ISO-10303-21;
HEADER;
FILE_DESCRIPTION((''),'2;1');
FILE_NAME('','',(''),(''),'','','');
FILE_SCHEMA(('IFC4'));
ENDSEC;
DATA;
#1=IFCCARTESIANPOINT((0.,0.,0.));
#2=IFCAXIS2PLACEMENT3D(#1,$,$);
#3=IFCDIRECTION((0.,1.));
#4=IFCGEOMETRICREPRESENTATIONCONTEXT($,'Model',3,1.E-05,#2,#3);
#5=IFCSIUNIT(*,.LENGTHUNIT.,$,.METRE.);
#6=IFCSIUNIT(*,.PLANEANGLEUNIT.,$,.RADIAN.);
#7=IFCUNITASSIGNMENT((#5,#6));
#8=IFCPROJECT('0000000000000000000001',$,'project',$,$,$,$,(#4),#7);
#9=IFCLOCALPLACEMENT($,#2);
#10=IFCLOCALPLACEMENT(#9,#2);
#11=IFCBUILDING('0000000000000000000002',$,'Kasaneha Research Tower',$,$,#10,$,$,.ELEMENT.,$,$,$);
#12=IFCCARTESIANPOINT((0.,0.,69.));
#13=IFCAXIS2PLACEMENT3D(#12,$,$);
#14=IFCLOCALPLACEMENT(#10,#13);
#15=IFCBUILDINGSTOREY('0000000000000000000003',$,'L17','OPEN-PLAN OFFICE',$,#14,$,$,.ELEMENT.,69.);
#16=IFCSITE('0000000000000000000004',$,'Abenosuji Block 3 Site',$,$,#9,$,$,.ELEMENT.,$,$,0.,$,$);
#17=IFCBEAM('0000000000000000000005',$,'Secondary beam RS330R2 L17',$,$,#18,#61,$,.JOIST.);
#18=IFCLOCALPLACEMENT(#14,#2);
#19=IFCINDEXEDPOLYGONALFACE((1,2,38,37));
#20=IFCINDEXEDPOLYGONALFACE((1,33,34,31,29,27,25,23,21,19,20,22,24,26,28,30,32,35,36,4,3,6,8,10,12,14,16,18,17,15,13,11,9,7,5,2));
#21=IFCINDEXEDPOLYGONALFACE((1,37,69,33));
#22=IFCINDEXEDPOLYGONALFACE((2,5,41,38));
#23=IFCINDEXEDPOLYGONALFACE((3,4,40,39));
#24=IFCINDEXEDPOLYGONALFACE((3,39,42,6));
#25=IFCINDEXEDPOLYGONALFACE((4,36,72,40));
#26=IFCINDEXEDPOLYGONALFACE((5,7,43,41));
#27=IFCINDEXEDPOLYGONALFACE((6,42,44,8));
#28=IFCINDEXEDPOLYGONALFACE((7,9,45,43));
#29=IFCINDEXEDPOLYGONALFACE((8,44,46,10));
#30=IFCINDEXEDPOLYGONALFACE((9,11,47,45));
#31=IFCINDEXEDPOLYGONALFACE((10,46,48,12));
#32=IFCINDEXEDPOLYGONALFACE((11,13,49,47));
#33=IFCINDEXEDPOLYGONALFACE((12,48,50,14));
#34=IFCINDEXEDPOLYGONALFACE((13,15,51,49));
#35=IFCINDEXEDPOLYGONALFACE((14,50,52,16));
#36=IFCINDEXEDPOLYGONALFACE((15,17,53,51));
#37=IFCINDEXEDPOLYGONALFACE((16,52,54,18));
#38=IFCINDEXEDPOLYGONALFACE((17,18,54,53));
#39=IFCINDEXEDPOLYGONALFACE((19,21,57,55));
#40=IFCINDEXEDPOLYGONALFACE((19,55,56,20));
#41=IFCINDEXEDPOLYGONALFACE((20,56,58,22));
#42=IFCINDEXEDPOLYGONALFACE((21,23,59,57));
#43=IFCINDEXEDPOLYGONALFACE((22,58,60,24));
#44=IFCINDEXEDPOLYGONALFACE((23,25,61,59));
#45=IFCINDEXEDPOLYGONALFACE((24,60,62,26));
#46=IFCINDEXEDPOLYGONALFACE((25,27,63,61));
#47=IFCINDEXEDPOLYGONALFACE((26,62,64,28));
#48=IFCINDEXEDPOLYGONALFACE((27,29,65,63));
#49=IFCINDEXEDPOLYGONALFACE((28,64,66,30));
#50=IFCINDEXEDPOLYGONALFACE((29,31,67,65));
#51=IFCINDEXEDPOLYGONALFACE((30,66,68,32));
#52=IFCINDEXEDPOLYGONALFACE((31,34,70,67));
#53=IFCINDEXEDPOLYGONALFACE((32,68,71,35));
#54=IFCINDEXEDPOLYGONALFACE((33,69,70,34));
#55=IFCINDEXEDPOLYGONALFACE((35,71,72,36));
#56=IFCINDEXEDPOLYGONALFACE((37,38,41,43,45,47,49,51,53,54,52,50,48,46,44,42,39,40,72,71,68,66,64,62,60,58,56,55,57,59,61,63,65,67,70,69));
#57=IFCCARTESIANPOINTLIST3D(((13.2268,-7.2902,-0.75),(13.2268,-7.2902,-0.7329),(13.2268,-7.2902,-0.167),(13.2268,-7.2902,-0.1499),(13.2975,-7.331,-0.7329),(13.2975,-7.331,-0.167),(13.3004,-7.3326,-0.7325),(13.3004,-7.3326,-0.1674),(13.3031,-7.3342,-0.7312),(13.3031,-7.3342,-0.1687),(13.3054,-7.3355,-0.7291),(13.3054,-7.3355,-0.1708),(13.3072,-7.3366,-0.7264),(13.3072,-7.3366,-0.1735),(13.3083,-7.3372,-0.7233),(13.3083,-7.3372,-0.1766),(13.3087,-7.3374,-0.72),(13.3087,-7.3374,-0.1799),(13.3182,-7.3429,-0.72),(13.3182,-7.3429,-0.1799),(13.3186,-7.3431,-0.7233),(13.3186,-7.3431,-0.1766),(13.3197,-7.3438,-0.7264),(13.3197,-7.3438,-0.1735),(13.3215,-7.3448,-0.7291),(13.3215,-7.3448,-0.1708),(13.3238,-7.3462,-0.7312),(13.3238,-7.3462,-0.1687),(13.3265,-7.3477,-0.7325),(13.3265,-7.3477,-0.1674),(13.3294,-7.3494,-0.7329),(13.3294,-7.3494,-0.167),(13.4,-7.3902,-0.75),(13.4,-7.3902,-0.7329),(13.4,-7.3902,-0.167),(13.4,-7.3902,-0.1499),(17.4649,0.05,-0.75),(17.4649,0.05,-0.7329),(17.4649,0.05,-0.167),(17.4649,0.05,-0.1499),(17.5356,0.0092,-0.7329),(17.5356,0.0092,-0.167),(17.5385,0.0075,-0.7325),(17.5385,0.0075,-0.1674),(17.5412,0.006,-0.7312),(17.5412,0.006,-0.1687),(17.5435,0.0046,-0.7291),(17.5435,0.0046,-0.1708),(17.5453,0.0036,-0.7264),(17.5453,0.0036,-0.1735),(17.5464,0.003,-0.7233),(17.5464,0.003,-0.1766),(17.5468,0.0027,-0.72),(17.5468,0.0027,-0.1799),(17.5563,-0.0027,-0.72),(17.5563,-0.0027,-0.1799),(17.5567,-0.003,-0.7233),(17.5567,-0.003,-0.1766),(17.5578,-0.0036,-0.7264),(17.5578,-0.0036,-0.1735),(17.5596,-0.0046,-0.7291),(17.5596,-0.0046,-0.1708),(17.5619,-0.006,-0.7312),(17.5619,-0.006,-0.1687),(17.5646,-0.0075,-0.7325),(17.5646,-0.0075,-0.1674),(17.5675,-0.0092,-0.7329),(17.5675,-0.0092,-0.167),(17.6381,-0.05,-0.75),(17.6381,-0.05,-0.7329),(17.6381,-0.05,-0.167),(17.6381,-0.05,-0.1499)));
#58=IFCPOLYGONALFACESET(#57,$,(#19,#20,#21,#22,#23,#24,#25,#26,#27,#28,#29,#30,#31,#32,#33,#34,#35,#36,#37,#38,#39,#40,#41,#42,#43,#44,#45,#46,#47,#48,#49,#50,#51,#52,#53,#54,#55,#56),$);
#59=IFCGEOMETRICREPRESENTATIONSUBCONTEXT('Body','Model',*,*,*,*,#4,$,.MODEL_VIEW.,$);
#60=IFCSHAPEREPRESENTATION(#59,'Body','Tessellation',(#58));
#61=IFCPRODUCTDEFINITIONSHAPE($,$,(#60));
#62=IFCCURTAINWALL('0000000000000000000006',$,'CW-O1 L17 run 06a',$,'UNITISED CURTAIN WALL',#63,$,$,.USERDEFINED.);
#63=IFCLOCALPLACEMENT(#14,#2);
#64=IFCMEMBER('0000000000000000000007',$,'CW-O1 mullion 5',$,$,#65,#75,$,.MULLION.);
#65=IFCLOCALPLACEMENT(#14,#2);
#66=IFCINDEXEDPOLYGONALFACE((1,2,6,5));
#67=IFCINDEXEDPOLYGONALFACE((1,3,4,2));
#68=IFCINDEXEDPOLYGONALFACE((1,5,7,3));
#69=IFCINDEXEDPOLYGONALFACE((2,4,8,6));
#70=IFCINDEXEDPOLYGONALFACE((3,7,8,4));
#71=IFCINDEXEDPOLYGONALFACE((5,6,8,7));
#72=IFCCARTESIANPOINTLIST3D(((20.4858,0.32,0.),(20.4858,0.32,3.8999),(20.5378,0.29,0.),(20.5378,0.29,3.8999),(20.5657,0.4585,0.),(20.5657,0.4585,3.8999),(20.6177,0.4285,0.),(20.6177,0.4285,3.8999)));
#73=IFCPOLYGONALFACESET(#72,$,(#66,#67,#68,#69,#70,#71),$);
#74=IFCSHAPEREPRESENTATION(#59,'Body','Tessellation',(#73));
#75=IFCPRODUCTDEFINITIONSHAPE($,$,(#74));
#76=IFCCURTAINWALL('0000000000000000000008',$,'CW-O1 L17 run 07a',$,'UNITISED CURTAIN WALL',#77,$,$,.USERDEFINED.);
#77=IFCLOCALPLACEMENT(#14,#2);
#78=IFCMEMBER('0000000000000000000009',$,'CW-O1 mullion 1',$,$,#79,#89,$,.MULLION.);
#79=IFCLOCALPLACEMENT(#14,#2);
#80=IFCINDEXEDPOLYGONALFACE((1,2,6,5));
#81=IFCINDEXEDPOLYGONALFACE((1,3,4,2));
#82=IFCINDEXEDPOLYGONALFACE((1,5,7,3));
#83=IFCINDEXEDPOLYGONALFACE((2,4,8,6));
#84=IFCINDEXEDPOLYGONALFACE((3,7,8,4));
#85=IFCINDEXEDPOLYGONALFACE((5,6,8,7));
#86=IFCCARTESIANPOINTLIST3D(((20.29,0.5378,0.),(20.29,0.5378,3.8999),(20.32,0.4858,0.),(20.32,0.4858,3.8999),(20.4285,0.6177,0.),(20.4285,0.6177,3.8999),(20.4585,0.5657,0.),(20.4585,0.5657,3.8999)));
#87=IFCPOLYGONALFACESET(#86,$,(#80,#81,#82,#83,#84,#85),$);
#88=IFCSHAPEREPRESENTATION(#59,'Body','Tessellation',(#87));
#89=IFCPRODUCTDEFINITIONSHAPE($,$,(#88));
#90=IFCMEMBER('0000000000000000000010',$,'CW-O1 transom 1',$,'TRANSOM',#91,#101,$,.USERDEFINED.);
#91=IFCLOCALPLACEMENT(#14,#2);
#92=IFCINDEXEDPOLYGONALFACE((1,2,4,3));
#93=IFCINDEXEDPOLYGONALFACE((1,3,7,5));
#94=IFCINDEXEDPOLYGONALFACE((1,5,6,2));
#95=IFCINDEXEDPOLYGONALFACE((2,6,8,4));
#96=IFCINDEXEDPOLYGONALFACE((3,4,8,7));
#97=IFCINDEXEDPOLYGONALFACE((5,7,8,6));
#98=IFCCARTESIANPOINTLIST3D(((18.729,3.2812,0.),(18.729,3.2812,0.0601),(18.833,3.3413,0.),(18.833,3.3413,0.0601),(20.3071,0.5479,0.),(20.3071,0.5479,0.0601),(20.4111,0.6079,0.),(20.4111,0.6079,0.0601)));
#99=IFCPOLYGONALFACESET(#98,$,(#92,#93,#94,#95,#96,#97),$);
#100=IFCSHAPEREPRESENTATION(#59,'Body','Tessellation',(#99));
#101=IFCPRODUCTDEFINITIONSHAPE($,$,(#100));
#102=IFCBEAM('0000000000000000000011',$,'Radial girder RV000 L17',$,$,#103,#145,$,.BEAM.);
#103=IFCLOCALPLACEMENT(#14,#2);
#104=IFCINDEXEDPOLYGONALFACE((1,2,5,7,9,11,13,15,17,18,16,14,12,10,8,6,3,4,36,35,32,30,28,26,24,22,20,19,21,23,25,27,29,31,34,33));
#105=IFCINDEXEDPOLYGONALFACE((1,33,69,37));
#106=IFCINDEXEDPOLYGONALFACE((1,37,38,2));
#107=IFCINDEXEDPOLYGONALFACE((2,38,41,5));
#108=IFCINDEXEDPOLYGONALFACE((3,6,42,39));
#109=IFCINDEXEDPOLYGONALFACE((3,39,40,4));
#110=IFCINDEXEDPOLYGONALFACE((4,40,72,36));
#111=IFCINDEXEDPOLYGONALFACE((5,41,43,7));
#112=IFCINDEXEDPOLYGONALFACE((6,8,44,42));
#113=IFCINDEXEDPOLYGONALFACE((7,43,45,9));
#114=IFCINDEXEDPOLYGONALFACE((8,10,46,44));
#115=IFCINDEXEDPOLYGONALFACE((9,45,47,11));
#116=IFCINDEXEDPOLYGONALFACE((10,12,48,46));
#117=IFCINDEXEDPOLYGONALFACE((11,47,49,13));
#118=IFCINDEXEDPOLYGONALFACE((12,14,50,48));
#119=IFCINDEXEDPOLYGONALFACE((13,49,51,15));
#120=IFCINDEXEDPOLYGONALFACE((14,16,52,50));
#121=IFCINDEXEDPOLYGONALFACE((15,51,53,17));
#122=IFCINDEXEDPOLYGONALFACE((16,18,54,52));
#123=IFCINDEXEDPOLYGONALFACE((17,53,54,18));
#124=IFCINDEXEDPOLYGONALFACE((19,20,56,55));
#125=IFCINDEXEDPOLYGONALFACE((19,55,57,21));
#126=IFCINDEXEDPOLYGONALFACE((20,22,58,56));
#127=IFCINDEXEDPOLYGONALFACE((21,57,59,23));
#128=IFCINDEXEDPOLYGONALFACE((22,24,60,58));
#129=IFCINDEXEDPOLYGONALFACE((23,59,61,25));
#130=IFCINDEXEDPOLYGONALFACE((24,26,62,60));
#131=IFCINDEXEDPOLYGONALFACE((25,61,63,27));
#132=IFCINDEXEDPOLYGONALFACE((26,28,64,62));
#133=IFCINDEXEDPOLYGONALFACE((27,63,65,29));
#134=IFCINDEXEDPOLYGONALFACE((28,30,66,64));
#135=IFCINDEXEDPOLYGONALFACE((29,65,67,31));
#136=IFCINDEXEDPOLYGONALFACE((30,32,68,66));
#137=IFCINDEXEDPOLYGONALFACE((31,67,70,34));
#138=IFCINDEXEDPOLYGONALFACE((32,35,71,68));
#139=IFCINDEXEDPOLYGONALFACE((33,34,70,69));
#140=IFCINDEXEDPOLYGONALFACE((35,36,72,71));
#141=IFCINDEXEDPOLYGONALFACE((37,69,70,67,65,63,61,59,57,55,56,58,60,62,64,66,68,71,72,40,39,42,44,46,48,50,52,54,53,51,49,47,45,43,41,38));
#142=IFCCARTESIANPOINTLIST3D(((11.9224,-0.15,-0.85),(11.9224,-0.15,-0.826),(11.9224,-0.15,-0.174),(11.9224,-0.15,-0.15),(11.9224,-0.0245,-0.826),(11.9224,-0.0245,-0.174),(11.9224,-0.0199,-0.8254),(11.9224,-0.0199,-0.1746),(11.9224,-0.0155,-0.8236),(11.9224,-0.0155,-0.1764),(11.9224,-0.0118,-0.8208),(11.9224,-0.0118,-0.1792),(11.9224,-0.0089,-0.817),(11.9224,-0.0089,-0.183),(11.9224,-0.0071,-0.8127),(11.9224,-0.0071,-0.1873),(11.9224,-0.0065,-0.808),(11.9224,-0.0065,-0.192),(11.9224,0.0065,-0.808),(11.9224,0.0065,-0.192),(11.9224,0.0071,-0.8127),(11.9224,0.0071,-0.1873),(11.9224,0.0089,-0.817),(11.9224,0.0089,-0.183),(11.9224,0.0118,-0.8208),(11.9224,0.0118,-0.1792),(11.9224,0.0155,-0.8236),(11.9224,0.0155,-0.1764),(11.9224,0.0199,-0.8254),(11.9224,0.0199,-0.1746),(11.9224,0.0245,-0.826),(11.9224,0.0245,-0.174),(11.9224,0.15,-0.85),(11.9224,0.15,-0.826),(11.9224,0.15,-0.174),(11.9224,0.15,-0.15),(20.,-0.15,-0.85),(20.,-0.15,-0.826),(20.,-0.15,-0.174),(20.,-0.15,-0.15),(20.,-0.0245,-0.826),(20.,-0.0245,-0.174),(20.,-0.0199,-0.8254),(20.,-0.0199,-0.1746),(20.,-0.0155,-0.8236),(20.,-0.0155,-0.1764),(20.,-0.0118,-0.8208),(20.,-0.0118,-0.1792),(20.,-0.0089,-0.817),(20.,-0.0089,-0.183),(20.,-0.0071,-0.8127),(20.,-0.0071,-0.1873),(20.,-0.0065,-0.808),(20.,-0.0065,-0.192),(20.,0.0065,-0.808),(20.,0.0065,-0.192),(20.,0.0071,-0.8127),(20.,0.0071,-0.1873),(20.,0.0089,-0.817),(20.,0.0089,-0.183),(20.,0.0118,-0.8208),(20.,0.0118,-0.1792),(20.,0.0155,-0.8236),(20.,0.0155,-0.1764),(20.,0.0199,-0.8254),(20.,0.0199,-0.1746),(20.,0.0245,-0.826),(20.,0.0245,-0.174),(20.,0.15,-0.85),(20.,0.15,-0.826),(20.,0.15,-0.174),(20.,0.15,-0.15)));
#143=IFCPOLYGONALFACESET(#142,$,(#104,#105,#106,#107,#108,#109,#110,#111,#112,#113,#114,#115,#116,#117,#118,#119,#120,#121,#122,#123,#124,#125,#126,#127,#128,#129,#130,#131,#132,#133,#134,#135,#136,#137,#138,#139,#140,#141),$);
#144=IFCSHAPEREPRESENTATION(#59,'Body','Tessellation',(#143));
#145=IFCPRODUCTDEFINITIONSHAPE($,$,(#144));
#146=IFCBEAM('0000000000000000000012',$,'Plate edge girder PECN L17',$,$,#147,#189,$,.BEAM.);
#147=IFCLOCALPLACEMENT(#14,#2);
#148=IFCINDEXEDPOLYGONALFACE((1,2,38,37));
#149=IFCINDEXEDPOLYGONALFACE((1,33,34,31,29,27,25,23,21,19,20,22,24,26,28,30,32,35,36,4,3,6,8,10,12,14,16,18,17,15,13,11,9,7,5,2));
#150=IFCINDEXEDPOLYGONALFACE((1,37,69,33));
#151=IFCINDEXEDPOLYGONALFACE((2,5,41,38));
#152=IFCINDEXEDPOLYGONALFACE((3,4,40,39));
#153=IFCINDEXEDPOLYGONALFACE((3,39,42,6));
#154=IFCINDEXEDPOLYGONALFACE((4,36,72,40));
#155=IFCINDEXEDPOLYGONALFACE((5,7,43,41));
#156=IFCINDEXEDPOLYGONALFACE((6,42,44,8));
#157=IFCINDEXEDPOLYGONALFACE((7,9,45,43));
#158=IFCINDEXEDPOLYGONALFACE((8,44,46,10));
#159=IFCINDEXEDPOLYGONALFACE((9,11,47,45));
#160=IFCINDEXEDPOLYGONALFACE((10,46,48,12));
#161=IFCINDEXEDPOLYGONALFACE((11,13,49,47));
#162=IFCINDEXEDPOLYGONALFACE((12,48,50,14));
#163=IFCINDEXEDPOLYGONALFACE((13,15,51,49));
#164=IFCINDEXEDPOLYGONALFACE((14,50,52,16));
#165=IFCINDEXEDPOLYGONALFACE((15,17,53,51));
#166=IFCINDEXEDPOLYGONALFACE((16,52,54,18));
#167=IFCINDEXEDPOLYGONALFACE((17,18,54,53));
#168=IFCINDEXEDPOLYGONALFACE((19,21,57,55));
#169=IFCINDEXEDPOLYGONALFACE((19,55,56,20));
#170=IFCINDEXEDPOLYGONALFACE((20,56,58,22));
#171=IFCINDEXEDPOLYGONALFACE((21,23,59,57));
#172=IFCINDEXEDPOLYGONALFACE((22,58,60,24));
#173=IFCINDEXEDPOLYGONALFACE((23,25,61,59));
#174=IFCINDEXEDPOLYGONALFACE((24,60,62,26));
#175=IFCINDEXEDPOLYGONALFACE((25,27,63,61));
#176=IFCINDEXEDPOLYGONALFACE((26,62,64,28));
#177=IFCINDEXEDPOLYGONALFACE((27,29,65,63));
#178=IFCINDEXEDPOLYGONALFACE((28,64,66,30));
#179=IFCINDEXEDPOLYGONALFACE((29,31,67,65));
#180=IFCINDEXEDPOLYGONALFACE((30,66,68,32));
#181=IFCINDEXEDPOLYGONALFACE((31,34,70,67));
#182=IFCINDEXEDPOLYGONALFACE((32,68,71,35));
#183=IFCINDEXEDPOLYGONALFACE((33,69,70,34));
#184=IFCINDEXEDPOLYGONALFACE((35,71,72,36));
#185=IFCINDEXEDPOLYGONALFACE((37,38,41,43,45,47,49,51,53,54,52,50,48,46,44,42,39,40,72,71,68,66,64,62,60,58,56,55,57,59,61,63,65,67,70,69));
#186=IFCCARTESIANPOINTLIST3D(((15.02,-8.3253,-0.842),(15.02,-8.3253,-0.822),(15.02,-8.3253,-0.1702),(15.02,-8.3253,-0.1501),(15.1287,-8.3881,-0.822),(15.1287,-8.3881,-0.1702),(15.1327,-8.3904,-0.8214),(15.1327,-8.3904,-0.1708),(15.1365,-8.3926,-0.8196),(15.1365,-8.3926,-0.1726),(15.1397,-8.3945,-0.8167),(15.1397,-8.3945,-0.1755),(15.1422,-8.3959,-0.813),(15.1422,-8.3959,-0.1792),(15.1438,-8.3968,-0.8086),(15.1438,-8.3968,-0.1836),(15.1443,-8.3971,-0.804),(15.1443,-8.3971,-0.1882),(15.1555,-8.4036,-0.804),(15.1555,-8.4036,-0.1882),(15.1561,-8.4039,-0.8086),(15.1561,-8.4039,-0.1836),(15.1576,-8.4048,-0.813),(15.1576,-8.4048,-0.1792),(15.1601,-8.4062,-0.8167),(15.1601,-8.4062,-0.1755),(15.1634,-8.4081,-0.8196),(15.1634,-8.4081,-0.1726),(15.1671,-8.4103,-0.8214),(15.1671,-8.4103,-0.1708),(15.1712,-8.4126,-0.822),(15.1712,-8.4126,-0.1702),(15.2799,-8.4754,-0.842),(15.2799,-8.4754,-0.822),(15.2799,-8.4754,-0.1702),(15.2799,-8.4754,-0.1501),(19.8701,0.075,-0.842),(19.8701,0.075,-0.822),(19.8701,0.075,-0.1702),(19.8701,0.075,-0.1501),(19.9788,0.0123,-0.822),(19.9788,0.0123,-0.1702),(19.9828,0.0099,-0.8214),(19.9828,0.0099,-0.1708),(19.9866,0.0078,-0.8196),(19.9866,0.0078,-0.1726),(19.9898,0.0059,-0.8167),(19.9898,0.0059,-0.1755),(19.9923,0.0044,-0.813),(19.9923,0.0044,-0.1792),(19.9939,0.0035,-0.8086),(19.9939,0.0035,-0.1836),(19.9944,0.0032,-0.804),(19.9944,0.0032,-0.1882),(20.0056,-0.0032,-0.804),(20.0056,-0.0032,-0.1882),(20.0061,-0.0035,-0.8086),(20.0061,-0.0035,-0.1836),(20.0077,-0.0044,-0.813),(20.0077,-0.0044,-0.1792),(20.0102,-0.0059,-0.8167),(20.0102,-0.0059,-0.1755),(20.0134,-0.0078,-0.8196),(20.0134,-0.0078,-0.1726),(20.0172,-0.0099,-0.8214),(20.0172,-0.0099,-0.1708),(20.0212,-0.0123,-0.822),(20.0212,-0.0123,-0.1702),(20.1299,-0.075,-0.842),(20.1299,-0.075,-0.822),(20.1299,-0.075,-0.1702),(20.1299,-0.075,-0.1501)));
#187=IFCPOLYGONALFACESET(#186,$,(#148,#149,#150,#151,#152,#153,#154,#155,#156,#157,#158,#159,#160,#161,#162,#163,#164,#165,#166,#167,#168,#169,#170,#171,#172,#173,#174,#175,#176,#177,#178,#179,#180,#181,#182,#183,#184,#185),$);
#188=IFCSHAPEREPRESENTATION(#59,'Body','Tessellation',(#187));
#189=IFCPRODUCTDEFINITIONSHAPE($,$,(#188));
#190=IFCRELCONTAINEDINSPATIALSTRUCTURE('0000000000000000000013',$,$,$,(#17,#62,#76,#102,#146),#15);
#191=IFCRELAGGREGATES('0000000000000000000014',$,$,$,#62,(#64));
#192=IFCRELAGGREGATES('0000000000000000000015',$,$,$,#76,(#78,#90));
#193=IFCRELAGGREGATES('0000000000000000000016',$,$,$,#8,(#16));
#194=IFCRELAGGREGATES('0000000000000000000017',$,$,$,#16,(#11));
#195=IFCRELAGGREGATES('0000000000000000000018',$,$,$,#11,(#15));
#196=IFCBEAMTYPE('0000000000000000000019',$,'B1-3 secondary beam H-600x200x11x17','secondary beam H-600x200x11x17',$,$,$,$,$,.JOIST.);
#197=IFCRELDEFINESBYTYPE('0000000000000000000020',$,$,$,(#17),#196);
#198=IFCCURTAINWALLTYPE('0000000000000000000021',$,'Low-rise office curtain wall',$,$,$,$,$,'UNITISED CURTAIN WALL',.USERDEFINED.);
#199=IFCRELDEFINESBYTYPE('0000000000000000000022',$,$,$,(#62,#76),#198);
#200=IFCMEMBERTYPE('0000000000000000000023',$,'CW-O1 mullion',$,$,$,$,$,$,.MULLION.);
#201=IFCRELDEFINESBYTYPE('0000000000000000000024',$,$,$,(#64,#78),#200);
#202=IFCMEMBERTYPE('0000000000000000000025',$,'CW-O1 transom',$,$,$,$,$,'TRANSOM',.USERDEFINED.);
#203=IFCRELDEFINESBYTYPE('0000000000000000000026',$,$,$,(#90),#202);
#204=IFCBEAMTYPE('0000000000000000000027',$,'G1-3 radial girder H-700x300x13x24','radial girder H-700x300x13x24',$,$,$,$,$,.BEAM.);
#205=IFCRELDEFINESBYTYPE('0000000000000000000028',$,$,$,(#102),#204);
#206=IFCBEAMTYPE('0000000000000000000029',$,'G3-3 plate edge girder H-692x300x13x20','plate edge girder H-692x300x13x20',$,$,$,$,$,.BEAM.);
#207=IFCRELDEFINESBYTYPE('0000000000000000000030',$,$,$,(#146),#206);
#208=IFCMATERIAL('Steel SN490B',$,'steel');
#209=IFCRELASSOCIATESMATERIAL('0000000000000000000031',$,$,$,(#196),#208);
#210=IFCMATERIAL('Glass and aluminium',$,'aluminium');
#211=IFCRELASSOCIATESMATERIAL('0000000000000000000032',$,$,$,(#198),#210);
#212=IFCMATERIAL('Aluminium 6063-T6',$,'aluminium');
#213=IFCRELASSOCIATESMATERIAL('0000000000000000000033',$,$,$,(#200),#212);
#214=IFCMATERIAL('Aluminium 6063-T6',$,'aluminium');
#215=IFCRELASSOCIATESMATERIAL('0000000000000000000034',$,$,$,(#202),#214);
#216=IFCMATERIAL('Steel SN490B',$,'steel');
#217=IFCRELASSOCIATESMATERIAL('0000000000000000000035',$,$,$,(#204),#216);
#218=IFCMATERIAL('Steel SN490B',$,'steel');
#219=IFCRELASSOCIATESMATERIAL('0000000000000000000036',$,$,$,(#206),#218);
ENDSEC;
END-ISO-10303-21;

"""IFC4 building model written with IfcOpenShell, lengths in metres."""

from ifc_helpers import new_model, si_unit, direction, frame, origin, origin_2d, place, context, subcontext, project, spatial, rectangle, i_section, extrude, material, material_profile, profile_set, type_object, element, aggregate, save


model = new_model("IFC4")

# Units and contexts
model_context = context("Model", 3, precision=1e-05, world=origin(), true_north=direction((0.0, 1.0)))
body_context = subcontext(model_context, "Body", "Model", "MODEL_VIEW")
ifc_project = project(units=[si_unit("LENGTHUNIT", "METRE"), si_unit("PLANEANGLEUNIT", "RADIAN")], contexts=[model_context])

# Site, building, storey
site_placement = place(None, origin())
site = spatial("IfcSite", under=ifc_project, at=site_placement, Name="Abenosuji Block 3 Site", CompositionType="ELEMENT", RefElevation=0.0)
building_placement = place(site_placement, origin())
building = spatial("IfcBuilding", under=site, at=building_placement, Name="Kasaneha Research Tower", CompositionType="ELEMENT")
storey_placement = place(building_placement, frame((0.0, 0.0, 69.0)))
storey = spatial("IfcBuildingStorey", under=building, at=storey_placement, Name="L17", Description="OPEN-PLAN OFFICE", CompositionType="ELEMENT", Elevation=69.0)

# Beam
ifc_material_1 = material(Name="Steel SN490B", Category="steel")
ifc_material_profile_1 = material_profile(ifc_material_1, i_section(OverallWidth=0.2, OverallDepth=0.6001, WebThickness=0.011, FlangeThickness=0.0171, FilletRadius=0.0129, at=origin_2d()), Name="H-600x200x11x17")
ifc_profile_set_1 = profile_set([ifc_material_profile_1], Name="Steel SN490B")
beam_type_1 = type_object("IfcBeamType", Name="B1-3 secondary beam H-600x200x11x17", Description="secondary beam H-600x200x11x17", PredefinedType="JOIST", material=ifc_profile_set_1)
beam_1_placement = place(storey_placement, frame((17.5515, 0.0, -0.45), z_axis=(-0.500021, -0.866013, 0.0), x_axis=(0.866013, -0.500021, 0.0)))
element("IfcBeam", 1, at=beam_1_placement, inside=storey, type_object=beam_type_1, Name="Secondary beam RS330R2 L17", PredefinedType="JOIST", context=body_context, shape_type="SweptSolid", body=[
    extrude(i_section(OverallWidth=0.2, OverallDepth=0.6001, WebThickness=0.011, FlangeThickness=0.0171, FilletRadius=0.0129, at=origin_2d()), origin(), (0.0, 0.0, 1.0), 8.4758),
])

# Curtain wall, member
ifc_material_2 = material(Name="Glass and aluminium", Category="aluminium")
curtain_wall_type = type_object("IfcCurtainWallType", Name="Low-rise office curtain wall", ElementType="UNITISED CURTAIN WALL", PredefinedType="USERDEFINED", material=ifc_material_2)
curtain_wall_1_placement = place(storey_placement, origin())
curtain_wall_1 = element("IfcCurtainWall", 2, at=curtain_wall_1_placement, inside=storey, type_object=curtain_wall_type, Name="CW-O1 L17 run 06a", ObjectType="UNITISED CURTAIN WALL", PredefinedType="USERDEFINED")
ifc_material_3 = material(Name="Aluminium 6063-T6", Category="aluminium")
ifc_material_profile_2 = material_profile(ifc_material_3, rectangle(XDim=0.0601, YDim=0.1599, at=origin_2d()), Name="CW-O1 mullion 60x160")
ifc_profile_set_2 = profile_set([ifc_material_profile_2], Name="Aluminium 6063-T6")
member_type_1 = type_object("IfcMemberType", Name="CW-O1 mullion", PredefinedType="MULLION", material=ifc_profile_set_2)
member_1_placement = place(storey_placement, frame((20.5518, 0.3743, 0.0), z_axis=(0.0, 0.0, 1.0), x_axis=(-0.866025, 0.5, 0.0)))
member_1 = element("IfcMember", 3, at=member_1_placement, type_object=member_type_1, Name="CW-O1 mullion 5", PredefinedType="MULLION", context=body_context, shape_type="SweptSolid", body=[
    extrude(rectangle(XDim=0.0601, YDim=0.1599, at=origin_2d()), origin(), (0.0, 0.0, 1.0), 3.8999),
])
aggregate(curtain_wall_1, [member_1])

# Curtain wall, members
curtain_wall_2_placement = place(storey_placement, origin())
curtain_wall_2 = element("IfcCurtainWall", 4, at=curtain_wall_2_placement, inside=storey, type_object=curtain_wall_type, Name="CW-O1 L17 run 07a", ObjectType="UNITISED CURTAIN WALL", PredefinedType="USERDEFINED")
member_2_placement = place(storey_placement, frame((20.3743, 0.5518, 0.0), z_axis=(0.0, 0.0, 1.0), x_axis=(-0.5, 0.866025, 0.0)))
member_2 = element("IfcMember", 5, at=member_2_placement, type_object=member_type_1, Name="CW-O1 mullion 1", PredefinedType="MULLION", context=body_context, shape_type="SweptSolid", body=[
    extrude(rectangle(XDim=0.0601, YDim=0.1599, at=origin_2d()), origin(), (0.0, 0.0, 1.0), 3.8999),
])
ifc_material_4 = material(Name="Aluminium 6063-T6", Category="aluminium")
ifc_material_profile_3 = material_profile(ifc_material_4, rectangle(XDim=0.1201, YDim=0.0601, at=origin_2d()), Name="CW-O1 transom 120x60")
ifc_profile_set_3 = profile_set([ifc_material_profile_3], Name="Aluminium 6063-T6")
member_type_2 = type_object("IfcMemberType", Name="CW-O1 transom", ElementType="TRANSOM", PredefinedType="USERDEFINED", material=ifc_profile_set_3)
member_3_placement = place(storey_placement, frame((20.3591, 0.5779, 0.03), z_axis=(-0.499999, 0.866026, 0.0), x_axis=(-0.866026, -0.499999, 0.0)))
member_3 = element("IfcMember", 6, at=member_3_placement, type_object=member_type_2, Name="CW-O1 transom 1", ObjectType="TRANSOM", PredefinedType="USERDEFINED", context=body_context, shape_type="SweptSolid", body=[
    extrude(rectangle(XDim=0.1201, YDim=0.0601, at=origin_2d()), origin(), (0.0, 0.0, 1.0), 3.1562),
])

# Beams
ifc_material_5 = material(Name="Steel SN490B", Category="steel")
ifc_material_profile_4 = material_profile(ifc_material_5, i_section(OverallWidth=0.3, OverallDepth=0.7, WebThickness=0.0129, FlangeThickness=0.0239, FilletRadius=0.0181, at=origin_2d()), Name="H-700x300x13x24")
ifc_profile_set_4 = profile_set([ifc_material_profile_4], Name="Steel SN490B")
beam_type_2 = type_object("IfcBeamType", Name="G1-3 radial girder H-700x300x13x24", Description="radial girder H-700x300x13x24", PredefinedType="BEAM", material=ifc_profile_set_4)
beam_2_placement = place(storey_placement, frame((11.9224, 0.0, -0.5), z_axis=(1.0, 0.0, 0.0), x_axis=(0.0, 1.0, 0.0)))
element("IfcBeam", 7, at=beam_2_placement, inside=storey, type_object=beam_type_2, Name="Radial girder RV000 L17", PredefinedType="BEAM", context=body_context, shape_type="SweptSolid", body=[
    extrude(i_section(OverallWidth=0.3, OverallDepth=0.7, WebThickness=0.0129, FlangeThickness=0.0239, FilletRadius=0.0181, at=origin_2d()), origin(), (0.0, 0.0, 1.0), 8.0776),
])
ifc_material_6 = material(Name="Steel SN490B", Category="steel")
ifc_material_profile_5 = material_profile(ifc_material_6, i_section(OverallWidth=0.3, OverallDepth=0.6919, WebThickness=0.0129, FlangeThickness=0.02, FilletRadius=0.0181, at=origin_2d()), Name="H-692x300x13x20")
ifc_profile_set_5 = profile_set([ifc_material_profile_5], Name="Steel SN490B")
beam_type_3 = type_object("IfcBeamType", Name="G3-3 plate edge girder H-692x300x13x20", Description="plate edge girder H-692x300x13x20", PredefinedType="BEAM", material=ifc_profile_set_5)
beam_3_placement = place(storey_placement, frame((20.0, 0.0, -0.4961), z_axis=(-0.50001, -0.86602, 0.0), x_axis=(0.86602, -0.50001, 0.0)))
element("IfcBeam", 8, at=beam_3_placement, inside=storey, type_object=beam_type_3, Name="Plate edge girder PECN L17", PredefinedType="BEAM", context=body_context, shape_type="SweptSolid", body=[
    extrude(i_section(OverallWidth=0.3, OverallDepth=0.6919, WebThickness=0.0129, FlangeThickness=0.02, FilletRadius=0.0181, at=origin_2d()), origin(), (0.0, 0.0, 1.0), 9.7),
])

aggregate(curtain_wall_2, [member_2, member_3])

save(model, "model.ifc")
